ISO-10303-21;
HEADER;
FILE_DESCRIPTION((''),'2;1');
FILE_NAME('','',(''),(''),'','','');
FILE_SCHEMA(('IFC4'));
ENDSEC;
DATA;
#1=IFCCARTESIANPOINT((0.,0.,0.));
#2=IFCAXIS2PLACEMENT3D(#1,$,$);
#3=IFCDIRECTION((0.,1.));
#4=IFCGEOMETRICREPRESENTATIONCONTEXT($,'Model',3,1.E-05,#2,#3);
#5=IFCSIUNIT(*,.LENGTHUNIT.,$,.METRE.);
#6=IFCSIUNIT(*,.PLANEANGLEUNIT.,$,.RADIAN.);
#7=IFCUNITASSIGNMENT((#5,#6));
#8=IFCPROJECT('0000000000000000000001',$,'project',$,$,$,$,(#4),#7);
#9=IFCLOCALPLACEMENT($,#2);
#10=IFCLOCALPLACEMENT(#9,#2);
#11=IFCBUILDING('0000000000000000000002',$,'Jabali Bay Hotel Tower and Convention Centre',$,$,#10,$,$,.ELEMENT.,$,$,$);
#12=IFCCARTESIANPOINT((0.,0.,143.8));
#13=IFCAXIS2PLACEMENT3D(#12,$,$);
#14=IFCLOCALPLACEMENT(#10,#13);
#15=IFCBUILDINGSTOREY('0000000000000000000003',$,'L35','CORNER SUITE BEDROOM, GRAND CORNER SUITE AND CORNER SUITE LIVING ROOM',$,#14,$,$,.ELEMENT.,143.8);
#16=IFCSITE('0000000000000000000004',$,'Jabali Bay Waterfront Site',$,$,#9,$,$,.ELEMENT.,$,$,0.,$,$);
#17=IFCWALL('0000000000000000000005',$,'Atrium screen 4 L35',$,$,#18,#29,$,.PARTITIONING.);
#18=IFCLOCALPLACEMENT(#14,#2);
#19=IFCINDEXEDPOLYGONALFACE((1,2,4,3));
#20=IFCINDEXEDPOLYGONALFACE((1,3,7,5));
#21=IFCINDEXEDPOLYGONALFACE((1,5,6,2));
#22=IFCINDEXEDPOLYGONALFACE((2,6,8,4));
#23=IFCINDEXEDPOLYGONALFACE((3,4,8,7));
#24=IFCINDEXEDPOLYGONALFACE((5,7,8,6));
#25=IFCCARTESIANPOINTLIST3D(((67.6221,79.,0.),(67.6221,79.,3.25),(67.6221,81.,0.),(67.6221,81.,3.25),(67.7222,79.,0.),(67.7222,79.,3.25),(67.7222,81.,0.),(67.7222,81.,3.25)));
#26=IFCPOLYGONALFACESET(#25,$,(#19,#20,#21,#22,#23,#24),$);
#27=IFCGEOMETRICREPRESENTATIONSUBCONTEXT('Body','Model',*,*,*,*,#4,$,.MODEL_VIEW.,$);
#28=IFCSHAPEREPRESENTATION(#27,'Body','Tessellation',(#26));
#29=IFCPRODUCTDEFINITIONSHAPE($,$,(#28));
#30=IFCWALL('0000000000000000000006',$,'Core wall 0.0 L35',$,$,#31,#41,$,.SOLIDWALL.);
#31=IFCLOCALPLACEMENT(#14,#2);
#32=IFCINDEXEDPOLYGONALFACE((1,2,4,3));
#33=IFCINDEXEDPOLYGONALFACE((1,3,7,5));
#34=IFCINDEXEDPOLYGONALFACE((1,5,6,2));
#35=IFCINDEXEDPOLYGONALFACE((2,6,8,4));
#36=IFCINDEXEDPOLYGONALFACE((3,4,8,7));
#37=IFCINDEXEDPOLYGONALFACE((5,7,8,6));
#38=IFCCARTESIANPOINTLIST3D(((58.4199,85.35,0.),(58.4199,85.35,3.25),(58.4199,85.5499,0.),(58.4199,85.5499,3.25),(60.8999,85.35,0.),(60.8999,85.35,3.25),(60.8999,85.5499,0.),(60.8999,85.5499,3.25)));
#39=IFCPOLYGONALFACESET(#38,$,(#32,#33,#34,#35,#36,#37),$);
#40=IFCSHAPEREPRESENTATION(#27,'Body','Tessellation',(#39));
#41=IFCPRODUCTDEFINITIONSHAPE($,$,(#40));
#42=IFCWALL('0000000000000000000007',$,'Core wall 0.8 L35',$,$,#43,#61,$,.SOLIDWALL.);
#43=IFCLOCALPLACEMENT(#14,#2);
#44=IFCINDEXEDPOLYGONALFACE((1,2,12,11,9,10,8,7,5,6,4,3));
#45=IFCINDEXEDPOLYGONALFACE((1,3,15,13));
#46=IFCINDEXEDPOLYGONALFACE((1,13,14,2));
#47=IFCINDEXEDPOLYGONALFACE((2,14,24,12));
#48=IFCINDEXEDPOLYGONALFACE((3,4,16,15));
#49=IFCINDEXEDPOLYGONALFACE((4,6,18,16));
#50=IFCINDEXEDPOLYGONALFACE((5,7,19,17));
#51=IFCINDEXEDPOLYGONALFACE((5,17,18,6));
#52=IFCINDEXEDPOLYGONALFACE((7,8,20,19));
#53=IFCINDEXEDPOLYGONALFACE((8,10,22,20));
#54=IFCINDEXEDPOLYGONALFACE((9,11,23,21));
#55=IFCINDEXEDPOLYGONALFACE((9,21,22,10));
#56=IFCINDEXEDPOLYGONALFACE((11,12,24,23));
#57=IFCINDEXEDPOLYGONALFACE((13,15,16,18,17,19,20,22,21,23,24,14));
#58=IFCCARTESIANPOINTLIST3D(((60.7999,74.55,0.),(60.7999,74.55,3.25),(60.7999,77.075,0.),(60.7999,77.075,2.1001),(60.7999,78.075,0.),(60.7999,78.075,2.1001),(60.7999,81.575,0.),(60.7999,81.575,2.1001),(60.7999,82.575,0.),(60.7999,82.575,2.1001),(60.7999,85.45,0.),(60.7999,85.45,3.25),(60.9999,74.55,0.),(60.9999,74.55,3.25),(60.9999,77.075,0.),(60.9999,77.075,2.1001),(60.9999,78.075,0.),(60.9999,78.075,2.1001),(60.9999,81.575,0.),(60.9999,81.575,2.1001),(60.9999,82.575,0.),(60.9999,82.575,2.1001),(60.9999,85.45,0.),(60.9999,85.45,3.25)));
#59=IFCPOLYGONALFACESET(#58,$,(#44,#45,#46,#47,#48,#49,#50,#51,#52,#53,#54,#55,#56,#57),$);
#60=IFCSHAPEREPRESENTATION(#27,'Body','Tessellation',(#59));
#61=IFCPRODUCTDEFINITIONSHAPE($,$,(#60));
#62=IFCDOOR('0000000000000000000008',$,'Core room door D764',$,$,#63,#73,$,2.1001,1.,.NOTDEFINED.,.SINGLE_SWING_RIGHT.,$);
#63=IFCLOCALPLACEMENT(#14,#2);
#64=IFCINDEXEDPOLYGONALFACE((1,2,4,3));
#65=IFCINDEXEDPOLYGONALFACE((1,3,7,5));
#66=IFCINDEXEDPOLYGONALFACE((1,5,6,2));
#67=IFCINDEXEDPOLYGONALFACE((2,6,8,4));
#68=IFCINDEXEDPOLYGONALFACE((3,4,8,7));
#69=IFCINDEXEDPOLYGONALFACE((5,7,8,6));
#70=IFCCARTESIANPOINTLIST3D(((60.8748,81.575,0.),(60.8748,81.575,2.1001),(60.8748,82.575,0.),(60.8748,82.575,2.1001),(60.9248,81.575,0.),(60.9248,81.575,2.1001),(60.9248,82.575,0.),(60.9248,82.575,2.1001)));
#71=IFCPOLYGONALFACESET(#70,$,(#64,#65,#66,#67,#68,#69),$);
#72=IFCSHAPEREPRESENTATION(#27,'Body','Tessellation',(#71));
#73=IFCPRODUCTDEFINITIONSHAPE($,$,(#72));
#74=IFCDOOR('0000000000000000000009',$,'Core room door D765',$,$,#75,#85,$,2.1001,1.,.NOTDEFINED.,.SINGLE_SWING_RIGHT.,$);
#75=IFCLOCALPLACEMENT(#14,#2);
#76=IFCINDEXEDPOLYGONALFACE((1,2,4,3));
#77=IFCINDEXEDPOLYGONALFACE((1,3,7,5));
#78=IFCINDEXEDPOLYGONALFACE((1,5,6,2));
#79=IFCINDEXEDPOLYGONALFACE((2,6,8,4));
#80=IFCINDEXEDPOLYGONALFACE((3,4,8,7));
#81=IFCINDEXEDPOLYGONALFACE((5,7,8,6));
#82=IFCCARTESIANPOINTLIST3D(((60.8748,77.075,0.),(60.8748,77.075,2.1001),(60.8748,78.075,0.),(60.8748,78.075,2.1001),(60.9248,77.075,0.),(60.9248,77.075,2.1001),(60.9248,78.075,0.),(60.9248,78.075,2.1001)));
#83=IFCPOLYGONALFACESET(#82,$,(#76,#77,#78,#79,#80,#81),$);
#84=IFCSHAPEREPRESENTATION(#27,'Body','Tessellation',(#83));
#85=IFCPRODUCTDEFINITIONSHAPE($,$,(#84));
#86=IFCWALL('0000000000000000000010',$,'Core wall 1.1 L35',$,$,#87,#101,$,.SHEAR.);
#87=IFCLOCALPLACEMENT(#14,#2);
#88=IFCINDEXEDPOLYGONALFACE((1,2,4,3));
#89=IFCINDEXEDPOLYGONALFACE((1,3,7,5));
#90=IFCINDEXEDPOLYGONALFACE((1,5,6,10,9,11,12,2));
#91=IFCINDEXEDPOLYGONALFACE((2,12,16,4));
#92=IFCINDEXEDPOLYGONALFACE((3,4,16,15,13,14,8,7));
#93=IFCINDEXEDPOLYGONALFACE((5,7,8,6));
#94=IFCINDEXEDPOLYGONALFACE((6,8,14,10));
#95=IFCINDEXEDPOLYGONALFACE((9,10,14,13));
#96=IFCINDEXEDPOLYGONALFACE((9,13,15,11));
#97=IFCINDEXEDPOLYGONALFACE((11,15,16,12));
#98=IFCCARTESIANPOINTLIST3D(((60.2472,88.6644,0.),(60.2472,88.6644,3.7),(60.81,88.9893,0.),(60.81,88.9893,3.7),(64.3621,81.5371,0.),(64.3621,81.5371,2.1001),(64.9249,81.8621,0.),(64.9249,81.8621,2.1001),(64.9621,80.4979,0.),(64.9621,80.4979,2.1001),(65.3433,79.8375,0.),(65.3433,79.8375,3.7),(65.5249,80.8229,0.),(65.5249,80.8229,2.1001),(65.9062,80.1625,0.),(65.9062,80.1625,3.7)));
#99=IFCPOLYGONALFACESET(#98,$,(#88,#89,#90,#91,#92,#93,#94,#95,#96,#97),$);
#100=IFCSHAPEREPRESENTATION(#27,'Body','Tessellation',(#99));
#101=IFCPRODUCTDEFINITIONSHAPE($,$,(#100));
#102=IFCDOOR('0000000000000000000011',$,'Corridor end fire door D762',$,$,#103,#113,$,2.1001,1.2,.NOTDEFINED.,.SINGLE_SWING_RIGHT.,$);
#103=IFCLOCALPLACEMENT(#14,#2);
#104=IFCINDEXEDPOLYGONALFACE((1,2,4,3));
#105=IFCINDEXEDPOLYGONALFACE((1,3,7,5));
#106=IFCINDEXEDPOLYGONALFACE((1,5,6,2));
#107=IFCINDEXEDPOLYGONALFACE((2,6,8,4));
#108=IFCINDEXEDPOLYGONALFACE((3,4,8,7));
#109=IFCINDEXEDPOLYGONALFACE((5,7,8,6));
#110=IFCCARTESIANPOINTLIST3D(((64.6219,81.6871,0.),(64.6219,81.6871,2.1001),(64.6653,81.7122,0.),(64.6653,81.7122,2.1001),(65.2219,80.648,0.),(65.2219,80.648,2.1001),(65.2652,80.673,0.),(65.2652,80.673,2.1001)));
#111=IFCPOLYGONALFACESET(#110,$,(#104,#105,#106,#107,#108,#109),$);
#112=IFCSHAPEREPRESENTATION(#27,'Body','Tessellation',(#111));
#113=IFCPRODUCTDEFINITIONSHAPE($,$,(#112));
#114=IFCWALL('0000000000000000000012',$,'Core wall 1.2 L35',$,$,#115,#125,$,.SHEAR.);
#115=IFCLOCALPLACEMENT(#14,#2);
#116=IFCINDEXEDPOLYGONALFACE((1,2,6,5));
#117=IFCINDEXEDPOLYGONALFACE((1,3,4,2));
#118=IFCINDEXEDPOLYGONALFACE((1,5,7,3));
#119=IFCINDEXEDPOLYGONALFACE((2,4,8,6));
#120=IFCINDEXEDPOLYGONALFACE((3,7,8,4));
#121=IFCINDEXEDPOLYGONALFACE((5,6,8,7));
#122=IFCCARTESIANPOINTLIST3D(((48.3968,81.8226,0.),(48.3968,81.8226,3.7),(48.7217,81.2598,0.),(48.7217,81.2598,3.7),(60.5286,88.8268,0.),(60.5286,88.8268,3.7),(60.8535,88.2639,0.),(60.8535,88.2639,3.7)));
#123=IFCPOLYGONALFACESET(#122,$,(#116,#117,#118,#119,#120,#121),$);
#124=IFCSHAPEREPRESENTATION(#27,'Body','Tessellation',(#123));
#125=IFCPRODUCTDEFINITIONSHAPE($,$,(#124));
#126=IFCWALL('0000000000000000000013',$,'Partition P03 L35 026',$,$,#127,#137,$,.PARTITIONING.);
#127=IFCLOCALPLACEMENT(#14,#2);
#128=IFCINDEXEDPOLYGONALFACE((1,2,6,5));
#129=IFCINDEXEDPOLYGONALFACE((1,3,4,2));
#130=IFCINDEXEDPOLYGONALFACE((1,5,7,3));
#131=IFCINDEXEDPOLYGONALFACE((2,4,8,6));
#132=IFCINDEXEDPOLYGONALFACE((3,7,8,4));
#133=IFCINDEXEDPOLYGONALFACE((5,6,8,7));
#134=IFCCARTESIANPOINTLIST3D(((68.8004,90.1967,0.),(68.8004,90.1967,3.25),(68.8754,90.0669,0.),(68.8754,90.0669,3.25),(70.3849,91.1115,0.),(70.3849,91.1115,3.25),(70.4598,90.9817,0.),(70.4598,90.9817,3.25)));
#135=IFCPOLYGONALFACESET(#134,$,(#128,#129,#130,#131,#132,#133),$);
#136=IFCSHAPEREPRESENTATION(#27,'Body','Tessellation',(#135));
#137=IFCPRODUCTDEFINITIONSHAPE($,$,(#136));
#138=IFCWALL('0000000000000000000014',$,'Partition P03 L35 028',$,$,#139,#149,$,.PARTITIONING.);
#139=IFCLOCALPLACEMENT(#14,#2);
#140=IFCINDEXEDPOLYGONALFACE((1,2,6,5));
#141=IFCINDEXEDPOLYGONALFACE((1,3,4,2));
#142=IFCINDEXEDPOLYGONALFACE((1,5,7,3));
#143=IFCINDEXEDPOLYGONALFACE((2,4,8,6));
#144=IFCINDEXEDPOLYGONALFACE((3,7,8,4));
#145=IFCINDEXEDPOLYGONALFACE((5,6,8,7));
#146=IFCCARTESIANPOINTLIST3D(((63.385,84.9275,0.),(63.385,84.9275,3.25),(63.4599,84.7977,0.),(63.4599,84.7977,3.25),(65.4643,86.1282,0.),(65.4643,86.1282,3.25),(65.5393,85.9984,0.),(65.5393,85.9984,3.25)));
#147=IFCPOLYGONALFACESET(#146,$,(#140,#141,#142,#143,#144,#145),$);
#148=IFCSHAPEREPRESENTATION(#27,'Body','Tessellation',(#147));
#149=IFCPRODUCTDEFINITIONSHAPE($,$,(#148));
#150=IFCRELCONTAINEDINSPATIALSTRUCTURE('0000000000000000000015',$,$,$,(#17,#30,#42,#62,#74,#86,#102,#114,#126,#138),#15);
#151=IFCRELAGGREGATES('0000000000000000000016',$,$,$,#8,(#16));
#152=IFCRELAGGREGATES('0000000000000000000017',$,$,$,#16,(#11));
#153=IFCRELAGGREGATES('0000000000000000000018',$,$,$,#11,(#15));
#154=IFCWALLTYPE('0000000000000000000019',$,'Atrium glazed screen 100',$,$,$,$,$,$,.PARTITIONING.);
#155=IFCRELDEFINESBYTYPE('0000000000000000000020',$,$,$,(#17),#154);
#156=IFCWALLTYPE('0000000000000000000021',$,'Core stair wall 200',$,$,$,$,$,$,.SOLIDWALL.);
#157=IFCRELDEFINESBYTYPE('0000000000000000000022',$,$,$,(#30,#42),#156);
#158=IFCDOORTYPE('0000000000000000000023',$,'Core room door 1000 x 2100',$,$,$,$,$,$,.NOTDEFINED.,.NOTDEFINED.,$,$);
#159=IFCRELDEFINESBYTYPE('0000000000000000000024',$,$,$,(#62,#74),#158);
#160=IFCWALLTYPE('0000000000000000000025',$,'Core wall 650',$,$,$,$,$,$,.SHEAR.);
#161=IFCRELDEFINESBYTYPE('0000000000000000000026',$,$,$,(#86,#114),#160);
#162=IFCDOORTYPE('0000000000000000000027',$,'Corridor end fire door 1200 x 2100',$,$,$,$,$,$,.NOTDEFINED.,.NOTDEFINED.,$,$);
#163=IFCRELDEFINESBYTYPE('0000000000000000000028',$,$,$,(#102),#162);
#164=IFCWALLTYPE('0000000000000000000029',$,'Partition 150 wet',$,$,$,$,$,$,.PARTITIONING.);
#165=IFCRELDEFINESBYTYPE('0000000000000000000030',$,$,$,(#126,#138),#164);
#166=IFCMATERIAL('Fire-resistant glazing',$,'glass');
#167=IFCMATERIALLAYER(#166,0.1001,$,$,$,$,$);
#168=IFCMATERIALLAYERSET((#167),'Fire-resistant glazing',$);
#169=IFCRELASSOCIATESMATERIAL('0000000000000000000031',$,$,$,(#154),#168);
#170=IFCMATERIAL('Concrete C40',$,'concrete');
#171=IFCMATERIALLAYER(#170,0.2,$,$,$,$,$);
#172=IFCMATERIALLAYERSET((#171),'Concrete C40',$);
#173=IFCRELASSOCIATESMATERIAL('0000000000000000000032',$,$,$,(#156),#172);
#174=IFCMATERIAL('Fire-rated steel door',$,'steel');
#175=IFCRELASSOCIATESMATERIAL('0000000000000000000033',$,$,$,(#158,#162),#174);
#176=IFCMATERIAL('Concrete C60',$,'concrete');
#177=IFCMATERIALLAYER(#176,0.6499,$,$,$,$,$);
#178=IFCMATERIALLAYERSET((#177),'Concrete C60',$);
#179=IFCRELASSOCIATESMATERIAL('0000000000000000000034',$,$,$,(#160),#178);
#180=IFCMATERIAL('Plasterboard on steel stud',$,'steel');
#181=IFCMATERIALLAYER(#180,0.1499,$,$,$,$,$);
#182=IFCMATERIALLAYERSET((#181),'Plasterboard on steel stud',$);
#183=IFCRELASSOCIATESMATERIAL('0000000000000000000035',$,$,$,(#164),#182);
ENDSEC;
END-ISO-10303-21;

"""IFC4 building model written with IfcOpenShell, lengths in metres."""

from ifc_helpers import new_model, si_unit, direction, frame, frame_2d, origin, place, context, subcontext, project, spatial, rectangle, extrude, material, layer, layer_set, type_object, element, fill, save


model = new_model("IFC4")

# Units and contexts
model_context = context("Model", 3, precision=1e-05, world=origin(), true_north=direction((0.0, 1.0)))
body_context = subcontext(model_context, "Body", "Model", "MODEL_VIEW")
ifc_project = project(units=[si_unit("LENGTHUNIT", "METRE"), si_unit("PLANEANGLEUNIT", "RADIAN")], contexts=[model_context])

# Site, building, storey
site_placement = place(None, origin())
site = spatial("IfcSite", under=ifc_project, at=site_placement, Name="Jabali Bay Waterfront Site", CompositionType="ELEMENT", RefElevation=0.0)
building_placement = place(site_placement, origin())
building = spatial("IfcBuilding", under=site, at=building_placement, Name="Jabali Bay Hotel Tower and Convention Centre", CompositionType="ELEMENT")
storey_placement = place(building_placement, frame((0.0, 0.0, 143.8)))
storey = spatial("IfcBuildingStorey", under=building, at=storey_placement, Name="L35", Description="CORNER SUITE BEDROOM, GRAND CORNER SUITE AND CORNER SUITE LIVING ROOM", CompositionType="ELEMENT", Elevation=143.8)

# Walls
ifc_material_1 = material(Name="Fire-resistant glazing", Category="glass")
ifc_layer_1 = layer(ifc_material_1, 0.1001)
ifc_layer_set_1 = layer_set([ifc_layer_1], Name="Fire-resistant glazing")
wall_type_1 = type_object("IfcWallType", Name="Atrium glazed screen 100", PredefinedType="PARTITIONING", material=ifc_layer_set_1)
wall_1_placement = place(storey_placement, frame((67.6721, 81.0, 0.0), z_axis=(0.0, 0.0, 1.0), x_axis=(0.0, -1.0, 0.0)))
element("IfcWall", 1, at=wall_1_placement, inside=storey, type_object=wall_type_1, Name="Atrium screen 4 L35", PredefinedType="PARTITIONING", context=body_context, shape_type="SweptSolid", body=[
    extrude(rectangle(XDim=2.0, YDim=0.1001, at=frame_2d((1.0, 0.0))), origin(), (0.0, 0.0, 1.0), 3.25),
])
ifc_material_2 = material(Name="Concrete C40", Category="concrete")
ifc_layer_2 = layer(ifc_material_2, 0.2)
ifc_layer_set_2 = layer_set([ifc_layer_2], Name="Concrete C40")
wall_type_2 = type_object("IfcWallType", Name="Core stair wall 200", PredefinedType="SOLIDWALL", material=ifc_layer_set_2)
wall_2_placement = place(storey_placement, frame((60.8999, 85.45, 0.0), z_axis=(0.0, 0.0, 1.0), x_axis=(-1.0, 0.0, 0.0)))
element("IfcWall", 2, at=wall_2_placement, inside=storey, type_object=wall_type_2, Name="Core wall 0.0 L35", PredefinedType="SOLIDWALL", context=body_context, shape_type="SweptSolid", body=[
    extrude(rectangle(XDim=2.48, YDim=0.2, at=frame_2d((1.24, 0.0))), origin(), (0.0, 0.0, 1.0), 3.25),
])

# Wall, openings, doors
wall_3_placement = place(storey_placement, frame((60.8999, 85.45, 0.0), z_axis=(0.0, 0.0, 1.0), x_axis=(0.0, -1.0, 0.0)))
wall_3 = element("IfcWall", 3, at=wall_3_placement, inside=storey, type_object=wall_type_2, Name="Core wall 0.8 L35", PredefinedType="SOLIDWALL", context=body_context, shape_type="SweptSolid", body=[
    extrude(rectangle(XDim=10.8999, YDim=0.2, at=frame_2d((5.45, 0.0))), origin(), (0.0, 0.0, 1.0), 3.25),
])
opening_1_placement = place(wall_3_placement, frame((2.875, 0.0, 0.0)))
opening_1 = element("IfcOpeningElement", 4, at=opening_1_placement, cuts=wall_3, PredefinedType="OPENING", context=body_context, shape_type="SweptSolid", body=[
    extrude(rectangle(XDim=1.0, YDim=2.1001, at=frame_2d((0.5, 1.05))), frame((0.0, 0.1104, 0.0), z_axis=(0.0, -1.0, 0.0), x_axis=(1.0, 0.0, 0.0)), (0.0, 0.0, 1.0), 0.2209),
])
opening_2_placement = place(wall_3_placement, frame((7.375, 0.0, 0.0)))
opening_2 = element("IfcOpeningElement", 5, at=opening_2_placement, cuts=wall_3, PredefinedType="OPENING", context=body_context, shape_type="SweptSolid", body=[
    extrude(rectangle(XDim=1.0, YDim=2.1001, at=frame_2d((0.5, 1.05))), frame((0.0, 0.1104, 0.0), z_axis=(0.0, -1.0, 0.0), x_axis=(1.0, 0.0, 0.0)), (0.0, 0.0, 1.0), 0.2209),
])
ifc_material_3 = material(Name="Fire-rated steel door", Category="steel")
door_type_1 = type_object("IfcDoorType", Name="Core room door 1000 x 2100", OperationType="NOTDEFINED", PredefinedType="NOTDEFINED", material=ifc_material_3)
door_1_placement = place(opening_1_placement, origin())
door_1 = element("IfcDoor", 6, at=door_1_placement, inside=storey, type_object=door_type_1, Name="Core room door D764", OperationType="SINGLE_SWING_RIGHT", OverallHeight=2.1001, OverallWidth=1.0, PredefinedType="NOTDEFINED", context=body_context, shape_type="SweptSolid", body=[
    extrude(rectangle(XDim=1.0, YDim=2.1001, at=frame_2d((0.5, 1.05))), frame((0.0, 0.0249, 0.0), z_axis=(0.0, -1.0, 0.0), x_axis=(1.0, 0.0, 0.0)), (0.0, 0.0, 1.0), 0.05),
])
fill(opening_1, door_1)
door_2_placement = place(opening_2_placement, origin())
door_2 = element("IfcDoor", 7, at=door_2_placement, inside=storey, type_object=door_type_1, Name="Core room door D765", OperationType="SINGLE_SWING_RIGHT", OverallHeight=2.1001, OverallWidth=1.0, PredefinedType="NOTDEFINED", context=body_context, shape_type="SweptSolid", body=[
    extrude(rectangle(XDim=1.0, YDim=2.1001, at=frame_2d((0.5, 1.05))), frame((0.0, 0.0249, 0.0), z_axis=(0.0, -1.0, 0.0), x_axis=(1.0, 0.0, 0.0)), (0.0, 0.0, 1.0), 0.05),
])
fill(opening_2, door_2)

# Wall, opening, door
ifc_material_4 = material(Name="Concrete C60", Category="concrete")
ifc_layer_3 = layer(ifc_material_4, 0.6499)
ifc_layer_set_3 = layer_set([ifc_layer_3], Name="Concrete C60")
wall_type_3 = type_object("IfcWallType", Name="Core wall 650", PredefinedType="SHEAR", material=ifc_layer_set_3)
wall_4_placement = place(storey_placement, frame((65.6248, 80.0, 0.0), z_axis=(0.0, 0.0, 1.0), x_axis=(-0.499998, 0.866026, 0.0)))
wall_4 = element("IfcWall", 8, at=wall_4_placement, inside=storey, type_object=wall_type_3, Name="Core wall 1.1 L35", PredefinedType="SHEAR", context=body_context, shape_type="SweptSolid", body=[
    extrude(rectangle(XDim=10.1924, YDim=0.6499, at=frame_2d((5.0962, 0.0))), origin(), (0.0, 0.0, 1.0), 3.7),
])
opening_3_placement = place(wall_4_placement, frame((0.7625, 0.0, 0.0)))
opening_3 = element("IfcOpeningElement", 9, at=opening_3_placement, cuts=wall_4, PredefinedType="OPENING", context=body_context, shape_type="SweptSolid", body=[
    extrude(rectangle(XDim=1.2, YDim=2.1001, at=frame_2d((0.6001, 1.05))), frame((0.0, 0.3354, 0.0), z_axis=(0.0, -1.0, 0.0), x_axis=(1.0, 0.0, 0.0)), (0.0, 0.0, 1.0), 0.6709),
])
door_type_2 = type_object("IfcDoorType", Name="Corridor end fire door 1200 x 2100", OperationType="NOTDEFINED", PredefinedType="NOTDEFINED", material=ifc_material_3)
door_3_placement = place(opening_3_placement, origin())
door_3 = element("IfcDoor", 10, at=door_3_placement, inside=storey, type_object=door_type_2, Name="Corridor end fire door D762", OperationType="SINGLE_SWING_RIGHT", OverallHeight=2.1001, OverallWidth=1.2, PredefinedType="NOTDEFINED", context=body_context, shape_type="SweptSolid", body=[
    extrude(rectangle(XDim=1.2, YDim=2.1001, at=frame_2d((0.6001, 1.05))), frame((0.0, 0.0249, 0.0), z_axis=(0.0, -1.0, 0.0), x_axis=(1.0, 0.0, 0.0)), (0.0, 0.0, 1.0), 0.05),
])
fill(opening_3, door_3)

# Walls
wall_5_placement = place(storey_placement, frame((60.6912, 88.5454, 0.0), z_axis=(0.0, 0.0, 1.0), x_axis=(-0.866031, -0.499991, 0.0)))
element("IfcWall", 11, at=wall_5_placement, inside=storey, type_object=wall_type_3, Name="Core wall 1.2 L35", PredefinedType="SHEAR", context=body_context, shape_type="SweptSolid", body=[
    extrude(rectangle(XDim=14.0085, YDim=0.6499, at=frame_2d((7.0044, 0.0))), origin(), (0.0, 0.0, 1.0), 3.7),
])
ifc_material_5 = material(Name="Plasterboard on steel stud", Category="steel")
ifc_layer_4 = layer(ifc_material_5, 0.1499)
ifc_layer_set_4 = layer_set([ifc_layer_4], Name="Plasterboard on steel stud")
wall_type_4 = type_object("IfcWallType", Name="Partition 150 wet", PredefinedType="PARTITIONING", material=ifc_layer_set_4)
wall_6_placement = place(storey_placement, frame((68.8379, 90.1318, 0.0), z_axis=(0.0, 0.0, 1.0), x_axis=(0.866026, 0.5, 0.0)))
element("IfcWall", 12, at=wall_6_placement, inside=storey, type_object=wall_type_4, Name="Partition P03 L35 026", PredefinedType="PARTITIONING", context=body_context, shape_type="SweptSolid", body=[
    extrude(rectangle(XDim=1.8296, YDim=0.1499, at=frame_2d((0.9148, 0.0))), origin(), (0.0, 0.0, 1.0), 3.25),
])
wall_7_placement = place(storey_placement, frame((63.4224, 84.8625, 0.0), z_axis=(0.0, 0.0, 1.0), x_axis=(0.865994, 0.500054, 0.0)))
element("IfcWall", 13, at=wall_7_placement, inside=storey, type_object=wall_type_4, Name="Partition P03 L35 028", PredefinedType="PARTITIONING", context=body_context, shape_type="SweptSolid", body=[
    extrude(rectangle(XDim=2.4011, YDim=0.1499, at=frame_2d((1.2007, 0.0))), origin(), (0.0, 0.0, 1.0), 3.25),
])

save(model, "model.ifc")
